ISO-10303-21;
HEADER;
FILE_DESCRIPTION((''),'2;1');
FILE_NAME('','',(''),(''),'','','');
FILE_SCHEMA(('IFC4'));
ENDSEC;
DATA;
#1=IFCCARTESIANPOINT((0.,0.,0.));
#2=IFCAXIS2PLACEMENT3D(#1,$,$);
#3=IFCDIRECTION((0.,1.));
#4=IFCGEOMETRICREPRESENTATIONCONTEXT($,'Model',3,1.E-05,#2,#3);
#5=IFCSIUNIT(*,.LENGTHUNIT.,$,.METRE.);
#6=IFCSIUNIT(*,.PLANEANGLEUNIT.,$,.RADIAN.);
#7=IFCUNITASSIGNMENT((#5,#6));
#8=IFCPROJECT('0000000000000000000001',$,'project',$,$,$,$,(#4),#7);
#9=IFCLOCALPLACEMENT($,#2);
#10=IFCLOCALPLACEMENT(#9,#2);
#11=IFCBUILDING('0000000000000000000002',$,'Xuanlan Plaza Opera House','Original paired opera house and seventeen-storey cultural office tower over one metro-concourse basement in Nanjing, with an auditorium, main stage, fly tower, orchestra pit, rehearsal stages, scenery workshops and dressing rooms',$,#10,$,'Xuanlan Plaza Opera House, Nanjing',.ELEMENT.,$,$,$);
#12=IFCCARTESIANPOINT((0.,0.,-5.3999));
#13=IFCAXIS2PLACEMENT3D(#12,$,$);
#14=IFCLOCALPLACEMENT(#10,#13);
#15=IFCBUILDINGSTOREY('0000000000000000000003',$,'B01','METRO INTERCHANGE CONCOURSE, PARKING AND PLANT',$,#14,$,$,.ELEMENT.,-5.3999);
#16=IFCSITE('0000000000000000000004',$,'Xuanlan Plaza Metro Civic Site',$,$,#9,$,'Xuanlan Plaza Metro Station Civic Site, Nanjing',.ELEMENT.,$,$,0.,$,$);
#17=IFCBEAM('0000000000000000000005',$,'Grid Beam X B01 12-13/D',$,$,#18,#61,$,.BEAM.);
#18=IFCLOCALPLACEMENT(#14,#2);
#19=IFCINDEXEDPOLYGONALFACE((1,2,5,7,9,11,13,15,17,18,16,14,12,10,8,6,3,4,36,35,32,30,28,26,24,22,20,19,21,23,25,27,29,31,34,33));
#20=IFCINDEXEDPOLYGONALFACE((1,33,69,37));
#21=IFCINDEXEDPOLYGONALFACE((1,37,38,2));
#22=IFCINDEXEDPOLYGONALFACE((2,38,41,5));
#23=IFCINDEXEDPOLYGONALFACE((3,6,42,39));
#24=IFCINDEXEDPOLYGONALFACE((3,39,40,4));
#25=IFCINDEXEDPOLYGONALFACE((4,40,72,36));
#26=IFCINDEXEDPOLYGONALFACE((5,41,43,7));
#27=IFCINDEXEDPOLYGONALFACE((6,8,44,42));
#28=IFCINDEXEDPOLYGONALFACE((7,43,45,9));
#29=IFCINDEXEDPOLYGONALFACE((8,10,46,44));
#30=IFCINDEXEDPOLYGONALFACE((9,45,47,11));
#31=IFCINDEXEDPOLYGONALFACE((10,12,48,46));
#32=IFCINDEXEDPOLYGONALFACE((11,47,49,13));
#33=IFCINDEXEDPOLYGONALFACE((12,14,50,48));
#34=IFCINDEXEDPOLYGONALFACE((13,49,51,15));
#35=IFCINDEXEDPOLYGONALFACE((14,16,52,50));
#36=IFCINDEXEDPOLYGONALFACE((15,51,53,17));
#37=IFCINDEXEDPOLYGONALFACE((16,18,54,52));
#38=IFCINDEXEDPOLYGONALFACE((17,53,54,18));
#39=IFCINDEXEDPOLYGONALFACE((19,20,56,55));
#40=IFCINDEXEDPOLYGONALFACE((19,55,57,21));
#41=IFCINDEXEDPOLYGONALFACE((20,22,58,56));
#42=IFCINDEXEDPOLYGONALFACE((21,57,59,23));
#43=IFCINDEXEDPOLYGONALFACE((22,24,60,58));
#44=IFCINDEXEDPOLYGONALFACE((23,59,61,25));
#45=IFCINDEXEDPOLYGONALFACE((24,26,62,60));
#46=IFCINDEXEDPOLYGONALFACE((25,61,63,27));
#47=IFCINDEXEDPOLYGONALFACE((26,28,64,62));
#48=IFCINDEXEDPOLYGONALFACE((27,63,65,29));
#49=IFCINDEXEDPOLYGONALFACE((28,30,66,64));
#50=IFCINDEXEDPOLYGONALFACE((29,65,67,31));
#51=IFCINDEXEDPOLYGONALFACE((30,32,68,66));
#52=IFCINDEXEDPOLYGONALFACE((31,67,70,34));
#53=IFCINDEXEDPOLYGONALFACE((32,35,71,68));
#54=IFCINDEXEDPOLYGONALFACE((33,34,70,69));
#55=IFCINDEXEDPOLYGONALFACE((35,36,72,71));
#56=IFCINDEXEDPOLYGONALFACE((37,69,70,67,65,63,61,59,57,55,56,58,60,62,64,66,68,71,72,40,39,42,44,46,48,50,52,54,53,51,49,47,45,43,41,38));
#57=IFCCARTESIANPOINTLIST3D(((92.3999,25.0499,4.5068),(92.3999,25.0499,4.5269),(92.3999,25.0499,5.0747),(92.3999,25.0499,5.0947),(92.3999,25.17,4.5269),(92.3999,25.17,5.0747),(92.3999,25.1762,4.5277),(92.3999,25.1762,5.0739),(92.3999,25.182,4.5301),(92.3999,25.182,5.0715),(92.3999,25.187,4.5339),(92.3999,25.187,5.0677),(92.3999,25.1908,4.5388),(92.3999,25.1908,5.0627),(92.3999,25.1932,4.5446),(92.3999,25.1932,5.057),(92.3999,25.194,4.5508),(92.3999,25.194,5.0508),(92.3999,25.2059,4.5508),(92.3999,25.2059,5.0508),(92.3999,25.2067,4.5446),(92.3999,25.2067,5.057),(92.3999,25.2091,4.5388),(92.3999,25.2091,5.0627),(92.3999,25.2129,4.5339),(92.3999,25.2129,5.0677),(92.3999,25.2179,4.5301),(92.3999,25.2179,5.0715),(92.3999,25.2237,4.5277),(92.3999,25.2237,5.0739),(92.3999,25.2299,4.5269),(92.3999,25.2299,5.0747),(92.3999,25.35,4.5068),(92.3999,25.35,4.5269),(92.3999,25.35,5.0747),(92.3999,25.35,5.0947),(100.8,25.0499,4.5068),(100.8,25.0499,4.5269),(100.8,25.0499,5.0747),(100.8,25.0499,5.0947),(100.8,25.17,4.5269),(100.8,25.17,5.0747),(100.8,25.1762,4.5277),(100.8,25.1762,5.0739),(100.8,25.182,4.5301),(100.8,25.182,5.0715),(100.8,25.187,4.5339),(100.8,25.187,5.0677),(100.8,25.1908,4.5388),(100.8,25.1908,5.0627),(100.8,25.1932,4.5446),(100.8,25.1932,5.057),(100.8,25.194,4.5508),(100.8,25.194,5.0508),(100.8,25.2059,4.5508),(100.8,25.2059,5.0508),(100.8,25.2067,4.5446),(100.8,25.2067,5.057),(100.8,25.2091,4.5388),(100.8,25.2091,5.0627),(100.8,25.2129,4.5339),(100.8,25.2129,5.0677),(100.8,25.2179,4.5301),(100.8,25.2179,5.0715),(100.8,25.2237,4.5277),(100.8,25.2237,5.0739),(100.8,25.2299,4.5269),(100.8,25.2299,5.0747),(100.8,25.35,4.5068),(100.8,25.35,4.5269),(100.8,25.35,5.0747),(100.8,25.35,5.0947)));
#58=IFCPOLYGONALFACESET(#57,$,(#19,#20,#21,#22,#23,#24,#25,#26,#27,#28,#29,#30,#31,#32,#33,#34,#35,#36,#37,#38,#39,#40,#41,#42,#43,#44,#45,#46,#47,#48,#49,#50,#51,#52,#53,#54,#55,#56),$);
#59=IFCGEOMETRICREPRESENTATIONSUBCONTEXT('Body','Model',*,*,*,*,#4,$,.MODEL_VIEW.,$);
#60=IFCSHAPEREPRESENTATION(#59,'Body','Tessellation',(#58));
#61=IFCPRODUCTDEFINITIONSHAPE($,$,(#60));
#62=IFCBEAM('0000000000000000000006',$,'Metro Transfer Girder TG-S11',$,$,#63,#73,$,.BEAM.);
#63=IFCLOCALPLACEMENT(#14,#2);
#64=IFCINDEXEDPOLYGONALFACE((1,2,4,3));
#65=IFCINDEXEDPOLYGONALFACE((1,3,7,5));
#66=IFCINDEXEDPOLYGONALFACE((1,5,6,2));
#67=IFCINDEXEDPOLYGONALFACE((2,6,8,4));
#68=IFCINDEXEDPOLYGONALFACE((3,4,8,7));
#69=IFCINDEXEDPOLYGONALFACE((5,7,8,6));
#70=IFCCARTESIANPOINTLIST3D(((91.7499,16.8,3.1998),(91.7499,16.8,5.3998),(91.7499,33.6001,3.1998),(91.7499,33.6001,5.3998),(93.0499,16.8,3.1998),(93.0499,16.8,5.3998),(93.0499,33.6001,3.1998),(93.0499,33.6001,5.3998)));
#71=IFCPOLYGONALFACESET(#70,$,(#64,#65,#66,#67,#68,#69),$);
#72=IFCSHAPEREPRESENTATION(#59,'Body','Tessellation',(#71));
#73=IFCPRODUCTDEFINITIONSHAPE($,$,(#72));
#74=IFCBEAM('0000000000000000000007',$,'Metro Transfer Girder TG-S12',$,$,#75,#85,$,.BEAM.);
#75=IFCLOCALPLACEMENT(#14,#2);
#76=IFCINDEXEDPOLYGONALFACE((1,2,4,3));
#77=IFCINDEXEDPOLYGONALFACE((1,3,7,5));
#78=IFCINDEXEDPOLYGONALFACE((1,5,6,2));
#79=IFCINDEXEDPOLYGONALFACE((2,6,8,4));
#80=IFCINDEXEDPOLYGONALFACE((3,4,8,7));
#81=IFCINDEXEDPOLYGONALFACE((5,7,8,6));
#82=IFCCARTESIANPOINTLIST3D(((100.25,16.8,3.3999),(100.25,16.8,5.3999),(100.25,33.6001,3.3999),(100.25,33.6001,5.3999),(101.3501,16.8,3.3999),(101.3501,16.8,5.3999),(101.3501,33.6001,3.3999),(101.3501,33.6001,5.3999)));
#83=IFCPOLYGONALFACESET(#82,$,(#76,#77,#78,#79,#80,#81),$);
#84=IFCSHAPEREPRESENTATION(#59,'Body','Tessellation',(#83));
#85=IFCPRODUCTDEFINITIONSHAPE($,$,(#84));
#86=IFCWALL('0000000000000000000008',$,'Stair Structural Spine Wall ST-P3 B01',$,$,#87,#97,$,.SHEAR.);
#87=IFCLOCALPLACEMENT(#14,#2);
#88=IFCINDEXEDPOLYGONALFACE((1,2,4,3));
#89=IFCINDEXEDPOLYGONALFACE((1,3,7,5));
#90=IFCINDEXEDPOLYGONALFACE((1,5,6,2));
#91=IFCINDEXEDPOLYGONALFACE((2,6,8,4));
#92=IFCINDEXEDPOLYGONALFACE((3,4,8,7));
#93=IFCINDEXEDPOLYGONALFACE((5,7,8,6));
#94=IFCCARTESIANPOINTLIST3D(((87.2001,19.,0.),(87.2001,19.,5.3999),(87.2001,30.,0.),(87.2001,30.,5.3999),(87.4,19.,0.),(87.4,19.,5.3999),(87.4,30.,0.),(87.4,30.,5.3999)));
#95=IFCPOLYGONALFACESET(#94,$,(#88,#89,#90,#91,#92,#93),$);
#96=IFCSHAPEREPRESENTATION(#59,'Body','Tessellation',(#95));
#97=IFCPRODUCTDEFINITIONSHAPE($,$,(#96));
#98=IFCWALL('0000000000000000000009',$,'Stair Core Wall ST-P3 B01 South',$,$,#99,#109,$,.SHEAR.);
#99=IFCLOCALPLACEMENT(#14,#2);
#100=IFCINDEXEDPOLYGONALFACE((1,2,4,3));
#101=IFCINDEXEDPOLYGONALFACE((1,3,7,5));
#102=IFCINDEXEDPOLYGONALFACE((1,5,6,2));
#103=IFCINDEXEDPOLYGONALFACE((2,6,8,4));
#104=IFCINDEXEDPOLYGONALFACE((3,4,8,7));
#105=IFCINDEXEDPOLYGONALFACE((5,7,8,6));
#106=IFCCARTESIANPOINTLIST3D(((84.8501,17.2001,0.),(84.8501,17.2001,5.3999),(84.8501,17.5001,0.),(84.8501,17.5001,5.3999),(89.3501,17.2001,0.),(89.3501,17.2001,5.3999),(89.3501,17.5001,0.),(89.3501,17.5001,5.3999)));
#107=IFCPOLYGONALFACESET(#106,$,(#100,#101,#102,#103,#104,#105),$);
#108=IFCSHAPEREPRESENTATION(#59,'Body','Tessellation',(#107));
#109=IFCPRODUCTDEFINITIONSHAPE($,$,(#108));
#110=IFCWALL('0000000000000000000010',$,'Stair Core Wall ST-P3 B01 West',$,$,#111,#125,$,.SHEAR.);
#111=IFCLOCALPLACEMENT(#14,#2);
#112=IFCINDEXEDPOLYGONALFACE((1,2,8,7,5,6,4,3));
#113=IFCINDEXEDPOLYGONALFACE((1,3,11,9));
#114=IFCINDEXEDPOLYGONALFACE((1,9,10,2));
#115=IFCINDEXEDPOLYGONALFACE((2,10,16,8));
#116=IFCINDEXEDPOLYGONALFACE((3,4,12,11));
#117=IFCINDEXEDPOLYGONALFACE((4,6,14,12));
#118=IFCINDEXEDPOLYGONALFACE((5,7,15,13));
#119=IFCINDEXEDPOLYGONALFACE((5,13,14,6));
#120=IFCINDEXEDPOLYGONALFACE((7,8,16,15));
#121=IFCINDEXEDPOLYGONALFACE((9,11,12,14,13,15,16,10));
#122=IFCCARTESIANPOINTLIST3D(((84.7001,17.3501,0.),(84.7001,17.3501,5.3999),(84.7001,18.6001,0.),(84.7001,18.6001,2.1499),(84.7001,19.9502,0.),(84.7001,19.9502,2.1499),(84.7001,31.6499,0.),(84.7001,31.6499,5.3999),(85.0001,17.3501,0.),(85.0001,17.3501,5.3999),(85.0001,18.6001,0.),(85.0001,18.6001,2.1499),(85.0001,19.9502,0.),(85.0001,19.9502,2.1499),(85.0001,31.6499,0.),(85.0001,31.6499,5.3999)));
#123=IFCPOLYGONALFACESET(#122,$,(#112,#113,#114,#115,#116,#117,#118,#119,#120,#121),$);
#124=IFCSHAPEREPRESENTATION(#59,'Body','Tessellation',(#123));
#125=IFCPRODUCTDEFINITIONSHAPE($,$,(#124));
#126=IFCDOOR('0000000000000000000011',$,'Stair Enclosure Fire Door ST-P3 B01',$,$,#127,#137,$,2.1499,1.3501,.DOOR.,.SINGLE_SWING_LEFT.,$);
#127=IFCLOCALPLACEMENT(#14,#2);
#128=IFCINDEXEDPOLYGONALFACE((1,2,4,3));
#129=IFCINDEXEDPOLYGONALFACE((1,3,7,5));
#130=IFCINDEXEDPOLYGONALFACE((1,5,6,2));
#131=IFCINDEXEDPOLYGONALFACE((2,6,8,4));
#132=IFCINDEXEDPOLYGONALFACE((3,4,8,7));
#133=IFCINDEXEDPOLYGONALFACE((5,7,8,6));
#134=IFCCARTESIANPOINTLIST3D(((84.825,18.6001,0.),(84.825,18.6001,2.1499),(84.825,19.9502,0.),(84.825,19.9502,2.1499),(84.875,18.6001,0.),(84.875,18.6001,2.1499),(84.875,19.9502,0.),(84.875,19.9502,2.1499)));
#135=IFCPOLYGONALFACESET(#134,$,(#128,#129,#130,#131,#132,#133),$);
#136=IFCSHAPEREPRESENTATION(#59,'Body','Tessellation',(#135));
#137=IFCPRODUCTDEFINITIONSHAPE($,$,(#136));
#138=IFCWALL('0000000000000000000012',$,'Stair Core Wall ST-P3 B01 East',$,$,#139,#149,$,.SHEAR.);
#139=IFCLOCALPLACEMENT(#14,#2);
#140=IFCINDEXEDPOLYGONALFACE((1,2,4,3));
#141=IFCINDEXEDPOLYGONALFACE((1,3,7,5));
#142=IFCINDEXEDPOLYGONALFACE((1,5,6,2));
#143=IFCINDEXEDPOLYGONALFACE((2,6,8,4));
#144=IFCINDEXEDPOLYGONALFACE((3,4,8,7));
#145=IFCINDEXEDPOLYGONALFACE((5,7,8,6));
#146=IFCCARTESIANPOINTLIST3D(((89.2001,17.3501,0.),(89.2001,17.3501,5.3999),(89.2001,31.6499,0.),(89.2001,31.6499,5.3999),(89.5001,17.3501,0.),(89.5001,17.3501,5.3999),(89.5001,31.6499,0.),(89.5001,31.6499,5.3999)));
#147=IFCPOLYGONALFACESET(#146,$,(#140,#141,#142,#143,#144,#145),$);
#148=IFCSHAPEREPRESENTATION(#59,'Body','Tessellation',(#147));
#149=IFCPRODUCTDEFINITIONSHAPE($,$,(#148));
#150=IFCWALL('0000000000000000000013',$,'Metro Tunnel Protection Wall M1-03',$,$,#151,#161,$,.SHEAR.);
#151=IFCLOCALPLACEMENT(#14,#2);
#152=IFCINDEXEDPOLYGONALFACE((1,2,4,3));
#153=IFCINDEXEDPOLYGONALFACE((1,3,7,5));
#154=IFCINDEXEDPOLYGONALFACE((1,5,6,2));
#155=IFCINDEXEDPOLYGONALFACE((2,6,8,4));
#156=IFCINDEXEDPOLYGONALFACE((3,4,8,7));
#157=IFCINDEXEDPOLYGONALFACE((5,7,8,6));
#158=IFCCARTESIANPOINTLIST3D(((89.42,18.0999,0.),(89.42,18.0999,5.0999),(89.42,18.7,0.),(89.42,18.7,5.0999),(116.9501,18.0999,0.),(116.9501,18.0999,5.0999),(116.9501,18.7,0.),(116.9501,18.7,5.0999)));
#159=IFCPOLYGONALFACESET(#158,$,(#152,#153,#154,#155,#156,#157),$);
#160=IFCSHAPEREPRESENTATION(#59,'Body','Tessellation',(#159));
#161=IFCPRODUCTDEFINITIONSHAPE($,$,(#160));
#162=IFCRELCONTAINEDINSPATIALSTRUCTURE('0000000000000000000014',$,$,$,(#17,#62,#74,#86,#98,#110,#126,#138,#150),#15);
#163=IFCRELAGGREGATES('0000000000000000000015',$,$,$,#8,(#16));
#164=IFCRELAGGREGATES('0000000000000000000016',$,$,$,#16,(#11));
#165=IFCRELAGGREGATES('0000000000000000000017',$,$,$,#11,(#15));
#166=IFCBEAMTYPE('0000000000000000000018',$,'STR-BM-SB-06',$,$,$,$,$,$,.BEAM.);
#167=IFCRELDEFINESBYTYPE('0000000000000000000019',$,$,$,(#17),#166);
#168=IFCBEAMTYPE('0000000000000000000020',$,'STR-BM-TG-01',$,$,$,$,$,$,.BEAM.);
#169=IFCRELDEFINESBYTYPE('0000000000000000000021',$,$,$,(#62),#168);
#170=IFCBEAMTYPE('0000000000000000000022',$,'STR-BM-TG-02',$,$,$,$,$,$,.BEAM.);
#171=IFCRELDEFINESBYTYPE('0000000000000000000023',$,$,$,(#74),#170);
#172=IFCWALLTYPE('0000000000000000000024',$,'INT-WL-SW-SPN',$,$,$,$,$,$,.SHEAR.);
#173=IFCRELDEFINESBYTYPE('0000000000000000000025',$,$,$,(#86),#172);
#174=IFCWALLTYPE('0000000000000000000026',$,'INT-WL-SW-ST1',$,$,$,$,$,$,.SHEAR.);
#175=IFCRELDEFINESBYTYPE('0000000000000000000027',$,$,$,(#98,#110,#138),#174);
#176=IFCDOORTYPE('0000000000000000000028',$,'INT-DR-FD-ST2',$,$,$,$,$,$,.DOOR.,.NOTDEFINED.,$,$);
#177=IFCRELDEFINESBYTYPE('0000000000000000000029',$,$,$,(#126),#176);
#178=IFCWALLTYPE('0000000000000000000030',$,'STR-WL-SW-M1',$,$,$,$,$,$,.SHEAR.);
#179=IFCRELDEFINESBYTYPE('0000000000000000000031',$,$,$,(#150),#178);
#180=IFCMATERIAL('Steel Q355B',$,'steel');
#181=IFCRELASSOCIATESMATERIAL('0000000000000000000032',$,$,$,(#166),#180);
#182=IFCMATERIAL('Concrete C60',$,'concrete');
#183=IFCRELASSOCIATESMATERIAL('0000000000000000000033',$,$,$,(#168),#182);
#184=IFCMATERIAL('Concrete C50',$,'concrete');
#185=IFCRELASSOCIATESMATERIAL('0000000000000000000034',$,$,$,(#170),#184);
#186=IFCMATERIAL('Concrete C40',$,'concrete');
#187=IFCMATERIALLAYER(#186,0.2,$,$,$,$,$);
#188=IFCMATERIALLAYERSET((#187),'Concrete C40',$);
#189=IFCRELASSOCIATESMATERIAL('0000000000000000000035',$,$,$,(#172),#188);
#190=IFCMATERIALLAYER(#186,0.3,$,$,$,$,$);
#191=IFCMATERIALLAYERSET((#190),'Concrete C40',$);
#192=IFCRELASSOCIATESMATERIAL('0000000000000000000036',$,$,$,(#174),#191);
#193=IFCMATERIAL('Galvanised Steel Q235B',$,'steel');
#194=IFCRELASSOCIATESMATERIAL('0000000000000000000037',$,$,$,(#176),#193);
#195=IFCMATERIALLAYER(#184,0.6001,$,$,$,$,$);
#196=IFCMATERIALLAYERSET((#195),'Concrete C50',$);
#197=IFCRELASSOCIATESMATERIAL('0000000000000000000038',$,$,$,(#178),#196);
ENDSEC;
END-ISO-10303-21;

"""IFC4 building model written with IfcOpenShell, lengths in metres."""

from ifc_helpers import new_model, si_unit, direction, frame, frame_2d, origin, origin_2d, place, context, subcontext, project, spatial, rectangle, i_section, extrude, material, layer, layer_set, material_profile, profile_set, type_object, element, fill, save


model = new_model("IFC4")

# Units and contexts
model_context = context("Model", 3, precision=1e-05, world=origin(), true_north=direction((0.0, 1.0)))
body_context = subcontext(model_context, "Body", "Model", "MODEL_VIEW")
ifc_project = project(units=[si_unit("LENGTHUNIT", "METRE"), si_unit("PLANEANGLEUNIT", "RADIAN")], contexts=[model_context])

# Site, building, storey
site_placement = place(None, origin())
site = spatial("IfcSite", under=ifc_project, at=site_placement, Name="Xuanlan Plaza Metro Civic Site", LongName="Xuanlan Plaza Metro Station Civic Site, Nanjing", CompositionType="ELEMENT", RefElevation=0.0)
building_placement = place(site_placement, origin())
building = spatial("IfcBuilding", under=site, at=building_placement, Name="Xuanlan Plaza Opera House", Description="Original paired opera house and seventeen-storey cultural office tower over one metro-concourse basement in Nanjing, with an auditorium, main stage, fly tower, orchestra pit, rehearsal stages, scenery workshops and dressing rooms", LongName="Xuanlan Plaza Opera House, Nanjing", CompositionType="ELEMENT")
storey_placement = place(building_placement, frame((0.0, 0.0, -5.3999)))
storey = spatial("IfcBuildingStorey", under=building, at=storey_placement, Name="B01", Description="METRO INTERCHANGE CONCOURSE, PARKING AND PLANT", CompositionType="ELEMENT", Elevation=-5.3999)

# Shared definitions
ifc_material_1 = material(Name="Concrete C50", Category="concrete")

# Shared definitions
ifc_material_2 = material(Name="Concrete C40", Category="concrete")

# Shared definitions
ifc_material_3 = material(Name="Concrete C60", Category="concrete")

# Beams
ifc_material_4 = material(Name="Steel Q355B", Category="steel")
ifc_material_profile_1 = material_profile(ifc_material_4, i_section(OverallWidth=0.3, OverallDepth=0.5879, WebThickness=0.012, FlangeThickness=0.02, FilletRadius=0.0239, at=origin_2d()), Name="HM 588x300x12x20")
ifc_profile_set_1 = profile_set([ifc_material_profile_1], Name="Steel Q355B")
beam_type_1 = type_object("IfcBeamType", Name="STR-BM-SB-06", PredefinedType="BEAM", material=ifc_profile_set_1)
beam_1_placement = place(storey_placement, frame((92.3999, 25.2, 4.8008), z_axis=(1.0, 0.0, 0.0), x_axis=(0.0, 1.0, 0.0)))
element("IfcBeam", 1, at=beam_1_placement, inside=storey, type_object=beam_type_1, Name="Grid Beam X B01 12-13/D", PredefinedType="BEAM", context=body_context, shape_type="SweptSolid", body=[
    extrude(i_section(OverallWidth=0.3, OverallDepth=0.5879, WebThickness=0.012, FlangeThickness=0.02, FilletRadius=0.0239, at=origin_2d()), origin(), (0.0, 0.0, 1.0), 8.4001),
])
ifc_material_profile_2 = material_profile(ifc_material_3, rectangle(XDim=1.3, YDim=2.2, at=origin_2d()), Name="RC-TG 1300x2200")
ifc_profile_set_2 = profile_set([ifc_material_profile_2], Name="Concrete C60")
beam_type_2 = type_object("IfcBeamType", Name="STR-BM-TG-01", PredefinedType="BEAM", material=ifc_profile_set_2)
beam_2_placement = place(storey_placement, frame((92.3999, 16.8, 4.2998), z_axis=(0.0, 1.0, 0.0), x_axis=(-1.0, 0.0, 0.0)))
element("IfcBeam", 2, at=beam_2_placement, inside=storey, type_object=beam_type_2, Name="Metro Transfer Girder TG-S11", PredefinedType="BEAM", context=body_context, shape_type="SweptSolid", body=[
    extrude(rectangle(XDim=1.3, YDim=2.2, at=origin_2d()), origin(), (0.0, 0.0, 1.0), 16.8),
])
ifc_material_profile_3 = material_profile(ifc_material_1, rectangle(XDim=1.1001, YDim=2.0, at=origin_2d()), Name="RC-TG 1100x2000")
ifc_profile_set_3 = profile_set([ifc_material_profile_3], Name="Concrete C50")
beam_type_3 = type_object("IfcBeamType", Name="STR-BM-TG-02", PredefinedType="BEAM", material=ifc_profile_set_3)
beam_3_placement = place(storey_placement, frame((100.8, 16.8, 4.3999), z_axis=(0.0, 1.0, 0.0), x_axis=(-1.0, 0.0, 0.0)))
element("IfcBeam", 3, at=beam_3_placement, inside=storey, type_object=beam_type_3, Name="Metro Transfer Girder TG-S12", PredefinedType="BEAM", context=body_context, shape_type="SweptSolid", body=[
    extrude(rectangle(XDim=1.1001, YDim=2.0, at=origin_2d()), origin(), (0.0, 0.0, 1.0), 16.8),
])

# Walls
ifc_layer_1 = layer(ifc_material_2, 0.2)
ifc_layer_set_1 = layer_set([ifc_layer_1], Name="Concrete C40")
wall_type_1 = type_object("IfcWallType", Name="INT-WL-SW-SPN", PredefinedType="SHEAR", material=ifc_layer_set_1)
wall_1_placement = place(storey_placement, frame((87.3, 19.0, 0.0), z_axis=(0.0, 0.0, 1.0), x_axis=(0.0, 1.0, 0.0)))
element("IfcWall", 4, at=wall_1_placement, inside=storey, type_object=wall_type_1, Name="Stair Structural Spine Wall ST-P3 B01", PredefinedType="SHEAR", context=body_context, shape_type="SweptSolid", body=[
    extrude(rectangle(XDim=11.0, YDim=0.2, at=frame_2d((5.5, 0.0))), origin(), (0.0, 0.0, 1.0), 5.3999),
])
ifc_layer_2 = layer(ifc_material_2, 0.3)
ifc_layer_set_2 = layer_set([ifc_layer_2], Name="Concrete C40")
wall_type_2 = type_object("IfcWallType", Name="INT-WL-SW-ST1", PredefinedType="SHEAR", material=ifc_layer_set_2)
wall_2_placement = place(storey_placement, frame((84.8501, 17.3501, 0.0), z_axis=(0.0, 0.0, 1.0), x_axis=(1.0, 0.0, 0.0)))
element("IfcWall", 5, at=wall_2_placement, inside=storey, type_object=wall_type_2, Name="Stair Core Wall ST-P3 B01 South", PredefinedType="SHEAR", context=body_context, shape_type="SweptSolid", body=[
    extrude(rectangle(XDim=4.5, YDim=0.3, at=frame_2d((2.25, 0.0))), origin(), (0.0, 0.0, 1.0), 5.3999),
])

# Wall, opening, door
wall_3_placement = place(storey_placement, frame((84.8501, 17.3501, 0.0), z_axis=(0.0, 0.0, 1.0), x_axis=(0.0, 1.0, 0.0)))
wall_3 = element("IfcWall", 6, at=wall_3_placement, inside=storey, type_object=wall_type_2, Name="Stair Core Wall ST-P3 B01 West", PredefinedType="SHEAR", context=body_context, shape_type="SweptSolid", body=[
    extrude(rectangle(XDim=14.2998, YDim=0.3, at=frame_2d((7.1499, 0.0))), origin(), (0.0, 0.0, 1.0), 5.3999),
])
opening_placement = place(wall_3_placement, frame((1.25, 0.0, 0.0)))
opening = element("IfcOpeningElement", 7, at=opening_placement, cuts=wall_3, PredefinedType="OPENING", context=body_context, shape_type="SweptSolid", body=[
    extrude(rectangle(XDim=1.3501, YDim=2.1499, at=frame_2d((0.675, 1.075))), frame((0.0, 0.1599, 0.0), z_axis=(0.0, -1.0, 0.0), x_axis=(1.0, 0.0, 0.0)), (0.0, 0.0, 1.0), 0.3201),
])
ifc_material_5 = material(Name="Galvanised Steel Q235B", Category="steel")
door_type = type_object("IfcDoorType", Name="INT-DR-FD-ST2", OperationType="NOTDEFINED", PredefinedType="DOOR", material=ifc_material_5)
door_placement = place(opening_placement, frame((1.3501, 0.0, 0.0), z_axis=(0.0, 0.0, 1.0), x_axis=(-1.0, 0.0, 0.0)))
door = element("IfcDoor", 8, at=door_placement, inside=storey, type_object=door_type, Name="Stair Enclosure Fire Door ST-P3 B01", OperationType="SINGLE_SWING_LEFT", OverallHeight=2.1499, OverallWidth=1.3501, PredefinedType="DOOR", context=body_context, shape_type="SweptSolid", body=[
    extrude(rectangle(XDim=1.3501, YDim=2.1499, at=frame_2d((0.675, 1.075))), frame((0.0, 0.0249, 0.0), z_axis=(0.0, -1.0, 0.0), x_axis=(1.0, 0.0, 0.0)), (0.0, 0.0, 1.0), 0.05),
])
fill(opening, door)

# Walls
wall_4_placement = place(storey_placement, frame((89.3501, 17.3501, 0.0), z_axis=(0.0, 0.0, 1.0), x_axis=(0.0, 1.0, 0.0)))
element("IfcWall", 9, at=wall_4_placement, inside=storey, type_object=wall_type_2, Name="Stair Core Wall ST-P3 B01 East", PredefinedType="SHEAR", context=body_context, shape_type="SweptSolid", body=[
    extrude(rectangle(XDim=14.2998, YDim=0.3, at=frame_2d((7.1499, 0.0))), origin(), (0.0, 0.0, 1.0), 5.3999),
])
ifc_layer_3 = layer(ifc_material_1, 0.6001)
ifc_layer_set_3 = layer_set([ifc_layer_3], Name="Concrete C50")
wall_type_3 = type_object("IfcWallType", Name="STR-WL-SW-M1", PredefinedType="SHEAR", material=ifc_layer_set_3)
wall_5_placement = place(storey_placement, frame((89.4199, 18.3999, 0.0), z_axis=(0.0, 0.0, 1.0), x_axis=(1.0, 0.0, 0.0)))
element("IfcWall", 10, at=wall_5_placement, inside=storey, type_object=wall_type_3, Name="Metro Tunnel Protection Wall M1-03", PredefinedType="SHEAR", context=body_context, shape_type="SweptSolid", body=[
    extrude(rectangle(XDim=27.53, YDim=0.6001, at=frame_2d((13.7651, 0.0))), origin(), (0.0, 0.0, 1.0), 5.0999),
])

save(model, "model.ifc")
